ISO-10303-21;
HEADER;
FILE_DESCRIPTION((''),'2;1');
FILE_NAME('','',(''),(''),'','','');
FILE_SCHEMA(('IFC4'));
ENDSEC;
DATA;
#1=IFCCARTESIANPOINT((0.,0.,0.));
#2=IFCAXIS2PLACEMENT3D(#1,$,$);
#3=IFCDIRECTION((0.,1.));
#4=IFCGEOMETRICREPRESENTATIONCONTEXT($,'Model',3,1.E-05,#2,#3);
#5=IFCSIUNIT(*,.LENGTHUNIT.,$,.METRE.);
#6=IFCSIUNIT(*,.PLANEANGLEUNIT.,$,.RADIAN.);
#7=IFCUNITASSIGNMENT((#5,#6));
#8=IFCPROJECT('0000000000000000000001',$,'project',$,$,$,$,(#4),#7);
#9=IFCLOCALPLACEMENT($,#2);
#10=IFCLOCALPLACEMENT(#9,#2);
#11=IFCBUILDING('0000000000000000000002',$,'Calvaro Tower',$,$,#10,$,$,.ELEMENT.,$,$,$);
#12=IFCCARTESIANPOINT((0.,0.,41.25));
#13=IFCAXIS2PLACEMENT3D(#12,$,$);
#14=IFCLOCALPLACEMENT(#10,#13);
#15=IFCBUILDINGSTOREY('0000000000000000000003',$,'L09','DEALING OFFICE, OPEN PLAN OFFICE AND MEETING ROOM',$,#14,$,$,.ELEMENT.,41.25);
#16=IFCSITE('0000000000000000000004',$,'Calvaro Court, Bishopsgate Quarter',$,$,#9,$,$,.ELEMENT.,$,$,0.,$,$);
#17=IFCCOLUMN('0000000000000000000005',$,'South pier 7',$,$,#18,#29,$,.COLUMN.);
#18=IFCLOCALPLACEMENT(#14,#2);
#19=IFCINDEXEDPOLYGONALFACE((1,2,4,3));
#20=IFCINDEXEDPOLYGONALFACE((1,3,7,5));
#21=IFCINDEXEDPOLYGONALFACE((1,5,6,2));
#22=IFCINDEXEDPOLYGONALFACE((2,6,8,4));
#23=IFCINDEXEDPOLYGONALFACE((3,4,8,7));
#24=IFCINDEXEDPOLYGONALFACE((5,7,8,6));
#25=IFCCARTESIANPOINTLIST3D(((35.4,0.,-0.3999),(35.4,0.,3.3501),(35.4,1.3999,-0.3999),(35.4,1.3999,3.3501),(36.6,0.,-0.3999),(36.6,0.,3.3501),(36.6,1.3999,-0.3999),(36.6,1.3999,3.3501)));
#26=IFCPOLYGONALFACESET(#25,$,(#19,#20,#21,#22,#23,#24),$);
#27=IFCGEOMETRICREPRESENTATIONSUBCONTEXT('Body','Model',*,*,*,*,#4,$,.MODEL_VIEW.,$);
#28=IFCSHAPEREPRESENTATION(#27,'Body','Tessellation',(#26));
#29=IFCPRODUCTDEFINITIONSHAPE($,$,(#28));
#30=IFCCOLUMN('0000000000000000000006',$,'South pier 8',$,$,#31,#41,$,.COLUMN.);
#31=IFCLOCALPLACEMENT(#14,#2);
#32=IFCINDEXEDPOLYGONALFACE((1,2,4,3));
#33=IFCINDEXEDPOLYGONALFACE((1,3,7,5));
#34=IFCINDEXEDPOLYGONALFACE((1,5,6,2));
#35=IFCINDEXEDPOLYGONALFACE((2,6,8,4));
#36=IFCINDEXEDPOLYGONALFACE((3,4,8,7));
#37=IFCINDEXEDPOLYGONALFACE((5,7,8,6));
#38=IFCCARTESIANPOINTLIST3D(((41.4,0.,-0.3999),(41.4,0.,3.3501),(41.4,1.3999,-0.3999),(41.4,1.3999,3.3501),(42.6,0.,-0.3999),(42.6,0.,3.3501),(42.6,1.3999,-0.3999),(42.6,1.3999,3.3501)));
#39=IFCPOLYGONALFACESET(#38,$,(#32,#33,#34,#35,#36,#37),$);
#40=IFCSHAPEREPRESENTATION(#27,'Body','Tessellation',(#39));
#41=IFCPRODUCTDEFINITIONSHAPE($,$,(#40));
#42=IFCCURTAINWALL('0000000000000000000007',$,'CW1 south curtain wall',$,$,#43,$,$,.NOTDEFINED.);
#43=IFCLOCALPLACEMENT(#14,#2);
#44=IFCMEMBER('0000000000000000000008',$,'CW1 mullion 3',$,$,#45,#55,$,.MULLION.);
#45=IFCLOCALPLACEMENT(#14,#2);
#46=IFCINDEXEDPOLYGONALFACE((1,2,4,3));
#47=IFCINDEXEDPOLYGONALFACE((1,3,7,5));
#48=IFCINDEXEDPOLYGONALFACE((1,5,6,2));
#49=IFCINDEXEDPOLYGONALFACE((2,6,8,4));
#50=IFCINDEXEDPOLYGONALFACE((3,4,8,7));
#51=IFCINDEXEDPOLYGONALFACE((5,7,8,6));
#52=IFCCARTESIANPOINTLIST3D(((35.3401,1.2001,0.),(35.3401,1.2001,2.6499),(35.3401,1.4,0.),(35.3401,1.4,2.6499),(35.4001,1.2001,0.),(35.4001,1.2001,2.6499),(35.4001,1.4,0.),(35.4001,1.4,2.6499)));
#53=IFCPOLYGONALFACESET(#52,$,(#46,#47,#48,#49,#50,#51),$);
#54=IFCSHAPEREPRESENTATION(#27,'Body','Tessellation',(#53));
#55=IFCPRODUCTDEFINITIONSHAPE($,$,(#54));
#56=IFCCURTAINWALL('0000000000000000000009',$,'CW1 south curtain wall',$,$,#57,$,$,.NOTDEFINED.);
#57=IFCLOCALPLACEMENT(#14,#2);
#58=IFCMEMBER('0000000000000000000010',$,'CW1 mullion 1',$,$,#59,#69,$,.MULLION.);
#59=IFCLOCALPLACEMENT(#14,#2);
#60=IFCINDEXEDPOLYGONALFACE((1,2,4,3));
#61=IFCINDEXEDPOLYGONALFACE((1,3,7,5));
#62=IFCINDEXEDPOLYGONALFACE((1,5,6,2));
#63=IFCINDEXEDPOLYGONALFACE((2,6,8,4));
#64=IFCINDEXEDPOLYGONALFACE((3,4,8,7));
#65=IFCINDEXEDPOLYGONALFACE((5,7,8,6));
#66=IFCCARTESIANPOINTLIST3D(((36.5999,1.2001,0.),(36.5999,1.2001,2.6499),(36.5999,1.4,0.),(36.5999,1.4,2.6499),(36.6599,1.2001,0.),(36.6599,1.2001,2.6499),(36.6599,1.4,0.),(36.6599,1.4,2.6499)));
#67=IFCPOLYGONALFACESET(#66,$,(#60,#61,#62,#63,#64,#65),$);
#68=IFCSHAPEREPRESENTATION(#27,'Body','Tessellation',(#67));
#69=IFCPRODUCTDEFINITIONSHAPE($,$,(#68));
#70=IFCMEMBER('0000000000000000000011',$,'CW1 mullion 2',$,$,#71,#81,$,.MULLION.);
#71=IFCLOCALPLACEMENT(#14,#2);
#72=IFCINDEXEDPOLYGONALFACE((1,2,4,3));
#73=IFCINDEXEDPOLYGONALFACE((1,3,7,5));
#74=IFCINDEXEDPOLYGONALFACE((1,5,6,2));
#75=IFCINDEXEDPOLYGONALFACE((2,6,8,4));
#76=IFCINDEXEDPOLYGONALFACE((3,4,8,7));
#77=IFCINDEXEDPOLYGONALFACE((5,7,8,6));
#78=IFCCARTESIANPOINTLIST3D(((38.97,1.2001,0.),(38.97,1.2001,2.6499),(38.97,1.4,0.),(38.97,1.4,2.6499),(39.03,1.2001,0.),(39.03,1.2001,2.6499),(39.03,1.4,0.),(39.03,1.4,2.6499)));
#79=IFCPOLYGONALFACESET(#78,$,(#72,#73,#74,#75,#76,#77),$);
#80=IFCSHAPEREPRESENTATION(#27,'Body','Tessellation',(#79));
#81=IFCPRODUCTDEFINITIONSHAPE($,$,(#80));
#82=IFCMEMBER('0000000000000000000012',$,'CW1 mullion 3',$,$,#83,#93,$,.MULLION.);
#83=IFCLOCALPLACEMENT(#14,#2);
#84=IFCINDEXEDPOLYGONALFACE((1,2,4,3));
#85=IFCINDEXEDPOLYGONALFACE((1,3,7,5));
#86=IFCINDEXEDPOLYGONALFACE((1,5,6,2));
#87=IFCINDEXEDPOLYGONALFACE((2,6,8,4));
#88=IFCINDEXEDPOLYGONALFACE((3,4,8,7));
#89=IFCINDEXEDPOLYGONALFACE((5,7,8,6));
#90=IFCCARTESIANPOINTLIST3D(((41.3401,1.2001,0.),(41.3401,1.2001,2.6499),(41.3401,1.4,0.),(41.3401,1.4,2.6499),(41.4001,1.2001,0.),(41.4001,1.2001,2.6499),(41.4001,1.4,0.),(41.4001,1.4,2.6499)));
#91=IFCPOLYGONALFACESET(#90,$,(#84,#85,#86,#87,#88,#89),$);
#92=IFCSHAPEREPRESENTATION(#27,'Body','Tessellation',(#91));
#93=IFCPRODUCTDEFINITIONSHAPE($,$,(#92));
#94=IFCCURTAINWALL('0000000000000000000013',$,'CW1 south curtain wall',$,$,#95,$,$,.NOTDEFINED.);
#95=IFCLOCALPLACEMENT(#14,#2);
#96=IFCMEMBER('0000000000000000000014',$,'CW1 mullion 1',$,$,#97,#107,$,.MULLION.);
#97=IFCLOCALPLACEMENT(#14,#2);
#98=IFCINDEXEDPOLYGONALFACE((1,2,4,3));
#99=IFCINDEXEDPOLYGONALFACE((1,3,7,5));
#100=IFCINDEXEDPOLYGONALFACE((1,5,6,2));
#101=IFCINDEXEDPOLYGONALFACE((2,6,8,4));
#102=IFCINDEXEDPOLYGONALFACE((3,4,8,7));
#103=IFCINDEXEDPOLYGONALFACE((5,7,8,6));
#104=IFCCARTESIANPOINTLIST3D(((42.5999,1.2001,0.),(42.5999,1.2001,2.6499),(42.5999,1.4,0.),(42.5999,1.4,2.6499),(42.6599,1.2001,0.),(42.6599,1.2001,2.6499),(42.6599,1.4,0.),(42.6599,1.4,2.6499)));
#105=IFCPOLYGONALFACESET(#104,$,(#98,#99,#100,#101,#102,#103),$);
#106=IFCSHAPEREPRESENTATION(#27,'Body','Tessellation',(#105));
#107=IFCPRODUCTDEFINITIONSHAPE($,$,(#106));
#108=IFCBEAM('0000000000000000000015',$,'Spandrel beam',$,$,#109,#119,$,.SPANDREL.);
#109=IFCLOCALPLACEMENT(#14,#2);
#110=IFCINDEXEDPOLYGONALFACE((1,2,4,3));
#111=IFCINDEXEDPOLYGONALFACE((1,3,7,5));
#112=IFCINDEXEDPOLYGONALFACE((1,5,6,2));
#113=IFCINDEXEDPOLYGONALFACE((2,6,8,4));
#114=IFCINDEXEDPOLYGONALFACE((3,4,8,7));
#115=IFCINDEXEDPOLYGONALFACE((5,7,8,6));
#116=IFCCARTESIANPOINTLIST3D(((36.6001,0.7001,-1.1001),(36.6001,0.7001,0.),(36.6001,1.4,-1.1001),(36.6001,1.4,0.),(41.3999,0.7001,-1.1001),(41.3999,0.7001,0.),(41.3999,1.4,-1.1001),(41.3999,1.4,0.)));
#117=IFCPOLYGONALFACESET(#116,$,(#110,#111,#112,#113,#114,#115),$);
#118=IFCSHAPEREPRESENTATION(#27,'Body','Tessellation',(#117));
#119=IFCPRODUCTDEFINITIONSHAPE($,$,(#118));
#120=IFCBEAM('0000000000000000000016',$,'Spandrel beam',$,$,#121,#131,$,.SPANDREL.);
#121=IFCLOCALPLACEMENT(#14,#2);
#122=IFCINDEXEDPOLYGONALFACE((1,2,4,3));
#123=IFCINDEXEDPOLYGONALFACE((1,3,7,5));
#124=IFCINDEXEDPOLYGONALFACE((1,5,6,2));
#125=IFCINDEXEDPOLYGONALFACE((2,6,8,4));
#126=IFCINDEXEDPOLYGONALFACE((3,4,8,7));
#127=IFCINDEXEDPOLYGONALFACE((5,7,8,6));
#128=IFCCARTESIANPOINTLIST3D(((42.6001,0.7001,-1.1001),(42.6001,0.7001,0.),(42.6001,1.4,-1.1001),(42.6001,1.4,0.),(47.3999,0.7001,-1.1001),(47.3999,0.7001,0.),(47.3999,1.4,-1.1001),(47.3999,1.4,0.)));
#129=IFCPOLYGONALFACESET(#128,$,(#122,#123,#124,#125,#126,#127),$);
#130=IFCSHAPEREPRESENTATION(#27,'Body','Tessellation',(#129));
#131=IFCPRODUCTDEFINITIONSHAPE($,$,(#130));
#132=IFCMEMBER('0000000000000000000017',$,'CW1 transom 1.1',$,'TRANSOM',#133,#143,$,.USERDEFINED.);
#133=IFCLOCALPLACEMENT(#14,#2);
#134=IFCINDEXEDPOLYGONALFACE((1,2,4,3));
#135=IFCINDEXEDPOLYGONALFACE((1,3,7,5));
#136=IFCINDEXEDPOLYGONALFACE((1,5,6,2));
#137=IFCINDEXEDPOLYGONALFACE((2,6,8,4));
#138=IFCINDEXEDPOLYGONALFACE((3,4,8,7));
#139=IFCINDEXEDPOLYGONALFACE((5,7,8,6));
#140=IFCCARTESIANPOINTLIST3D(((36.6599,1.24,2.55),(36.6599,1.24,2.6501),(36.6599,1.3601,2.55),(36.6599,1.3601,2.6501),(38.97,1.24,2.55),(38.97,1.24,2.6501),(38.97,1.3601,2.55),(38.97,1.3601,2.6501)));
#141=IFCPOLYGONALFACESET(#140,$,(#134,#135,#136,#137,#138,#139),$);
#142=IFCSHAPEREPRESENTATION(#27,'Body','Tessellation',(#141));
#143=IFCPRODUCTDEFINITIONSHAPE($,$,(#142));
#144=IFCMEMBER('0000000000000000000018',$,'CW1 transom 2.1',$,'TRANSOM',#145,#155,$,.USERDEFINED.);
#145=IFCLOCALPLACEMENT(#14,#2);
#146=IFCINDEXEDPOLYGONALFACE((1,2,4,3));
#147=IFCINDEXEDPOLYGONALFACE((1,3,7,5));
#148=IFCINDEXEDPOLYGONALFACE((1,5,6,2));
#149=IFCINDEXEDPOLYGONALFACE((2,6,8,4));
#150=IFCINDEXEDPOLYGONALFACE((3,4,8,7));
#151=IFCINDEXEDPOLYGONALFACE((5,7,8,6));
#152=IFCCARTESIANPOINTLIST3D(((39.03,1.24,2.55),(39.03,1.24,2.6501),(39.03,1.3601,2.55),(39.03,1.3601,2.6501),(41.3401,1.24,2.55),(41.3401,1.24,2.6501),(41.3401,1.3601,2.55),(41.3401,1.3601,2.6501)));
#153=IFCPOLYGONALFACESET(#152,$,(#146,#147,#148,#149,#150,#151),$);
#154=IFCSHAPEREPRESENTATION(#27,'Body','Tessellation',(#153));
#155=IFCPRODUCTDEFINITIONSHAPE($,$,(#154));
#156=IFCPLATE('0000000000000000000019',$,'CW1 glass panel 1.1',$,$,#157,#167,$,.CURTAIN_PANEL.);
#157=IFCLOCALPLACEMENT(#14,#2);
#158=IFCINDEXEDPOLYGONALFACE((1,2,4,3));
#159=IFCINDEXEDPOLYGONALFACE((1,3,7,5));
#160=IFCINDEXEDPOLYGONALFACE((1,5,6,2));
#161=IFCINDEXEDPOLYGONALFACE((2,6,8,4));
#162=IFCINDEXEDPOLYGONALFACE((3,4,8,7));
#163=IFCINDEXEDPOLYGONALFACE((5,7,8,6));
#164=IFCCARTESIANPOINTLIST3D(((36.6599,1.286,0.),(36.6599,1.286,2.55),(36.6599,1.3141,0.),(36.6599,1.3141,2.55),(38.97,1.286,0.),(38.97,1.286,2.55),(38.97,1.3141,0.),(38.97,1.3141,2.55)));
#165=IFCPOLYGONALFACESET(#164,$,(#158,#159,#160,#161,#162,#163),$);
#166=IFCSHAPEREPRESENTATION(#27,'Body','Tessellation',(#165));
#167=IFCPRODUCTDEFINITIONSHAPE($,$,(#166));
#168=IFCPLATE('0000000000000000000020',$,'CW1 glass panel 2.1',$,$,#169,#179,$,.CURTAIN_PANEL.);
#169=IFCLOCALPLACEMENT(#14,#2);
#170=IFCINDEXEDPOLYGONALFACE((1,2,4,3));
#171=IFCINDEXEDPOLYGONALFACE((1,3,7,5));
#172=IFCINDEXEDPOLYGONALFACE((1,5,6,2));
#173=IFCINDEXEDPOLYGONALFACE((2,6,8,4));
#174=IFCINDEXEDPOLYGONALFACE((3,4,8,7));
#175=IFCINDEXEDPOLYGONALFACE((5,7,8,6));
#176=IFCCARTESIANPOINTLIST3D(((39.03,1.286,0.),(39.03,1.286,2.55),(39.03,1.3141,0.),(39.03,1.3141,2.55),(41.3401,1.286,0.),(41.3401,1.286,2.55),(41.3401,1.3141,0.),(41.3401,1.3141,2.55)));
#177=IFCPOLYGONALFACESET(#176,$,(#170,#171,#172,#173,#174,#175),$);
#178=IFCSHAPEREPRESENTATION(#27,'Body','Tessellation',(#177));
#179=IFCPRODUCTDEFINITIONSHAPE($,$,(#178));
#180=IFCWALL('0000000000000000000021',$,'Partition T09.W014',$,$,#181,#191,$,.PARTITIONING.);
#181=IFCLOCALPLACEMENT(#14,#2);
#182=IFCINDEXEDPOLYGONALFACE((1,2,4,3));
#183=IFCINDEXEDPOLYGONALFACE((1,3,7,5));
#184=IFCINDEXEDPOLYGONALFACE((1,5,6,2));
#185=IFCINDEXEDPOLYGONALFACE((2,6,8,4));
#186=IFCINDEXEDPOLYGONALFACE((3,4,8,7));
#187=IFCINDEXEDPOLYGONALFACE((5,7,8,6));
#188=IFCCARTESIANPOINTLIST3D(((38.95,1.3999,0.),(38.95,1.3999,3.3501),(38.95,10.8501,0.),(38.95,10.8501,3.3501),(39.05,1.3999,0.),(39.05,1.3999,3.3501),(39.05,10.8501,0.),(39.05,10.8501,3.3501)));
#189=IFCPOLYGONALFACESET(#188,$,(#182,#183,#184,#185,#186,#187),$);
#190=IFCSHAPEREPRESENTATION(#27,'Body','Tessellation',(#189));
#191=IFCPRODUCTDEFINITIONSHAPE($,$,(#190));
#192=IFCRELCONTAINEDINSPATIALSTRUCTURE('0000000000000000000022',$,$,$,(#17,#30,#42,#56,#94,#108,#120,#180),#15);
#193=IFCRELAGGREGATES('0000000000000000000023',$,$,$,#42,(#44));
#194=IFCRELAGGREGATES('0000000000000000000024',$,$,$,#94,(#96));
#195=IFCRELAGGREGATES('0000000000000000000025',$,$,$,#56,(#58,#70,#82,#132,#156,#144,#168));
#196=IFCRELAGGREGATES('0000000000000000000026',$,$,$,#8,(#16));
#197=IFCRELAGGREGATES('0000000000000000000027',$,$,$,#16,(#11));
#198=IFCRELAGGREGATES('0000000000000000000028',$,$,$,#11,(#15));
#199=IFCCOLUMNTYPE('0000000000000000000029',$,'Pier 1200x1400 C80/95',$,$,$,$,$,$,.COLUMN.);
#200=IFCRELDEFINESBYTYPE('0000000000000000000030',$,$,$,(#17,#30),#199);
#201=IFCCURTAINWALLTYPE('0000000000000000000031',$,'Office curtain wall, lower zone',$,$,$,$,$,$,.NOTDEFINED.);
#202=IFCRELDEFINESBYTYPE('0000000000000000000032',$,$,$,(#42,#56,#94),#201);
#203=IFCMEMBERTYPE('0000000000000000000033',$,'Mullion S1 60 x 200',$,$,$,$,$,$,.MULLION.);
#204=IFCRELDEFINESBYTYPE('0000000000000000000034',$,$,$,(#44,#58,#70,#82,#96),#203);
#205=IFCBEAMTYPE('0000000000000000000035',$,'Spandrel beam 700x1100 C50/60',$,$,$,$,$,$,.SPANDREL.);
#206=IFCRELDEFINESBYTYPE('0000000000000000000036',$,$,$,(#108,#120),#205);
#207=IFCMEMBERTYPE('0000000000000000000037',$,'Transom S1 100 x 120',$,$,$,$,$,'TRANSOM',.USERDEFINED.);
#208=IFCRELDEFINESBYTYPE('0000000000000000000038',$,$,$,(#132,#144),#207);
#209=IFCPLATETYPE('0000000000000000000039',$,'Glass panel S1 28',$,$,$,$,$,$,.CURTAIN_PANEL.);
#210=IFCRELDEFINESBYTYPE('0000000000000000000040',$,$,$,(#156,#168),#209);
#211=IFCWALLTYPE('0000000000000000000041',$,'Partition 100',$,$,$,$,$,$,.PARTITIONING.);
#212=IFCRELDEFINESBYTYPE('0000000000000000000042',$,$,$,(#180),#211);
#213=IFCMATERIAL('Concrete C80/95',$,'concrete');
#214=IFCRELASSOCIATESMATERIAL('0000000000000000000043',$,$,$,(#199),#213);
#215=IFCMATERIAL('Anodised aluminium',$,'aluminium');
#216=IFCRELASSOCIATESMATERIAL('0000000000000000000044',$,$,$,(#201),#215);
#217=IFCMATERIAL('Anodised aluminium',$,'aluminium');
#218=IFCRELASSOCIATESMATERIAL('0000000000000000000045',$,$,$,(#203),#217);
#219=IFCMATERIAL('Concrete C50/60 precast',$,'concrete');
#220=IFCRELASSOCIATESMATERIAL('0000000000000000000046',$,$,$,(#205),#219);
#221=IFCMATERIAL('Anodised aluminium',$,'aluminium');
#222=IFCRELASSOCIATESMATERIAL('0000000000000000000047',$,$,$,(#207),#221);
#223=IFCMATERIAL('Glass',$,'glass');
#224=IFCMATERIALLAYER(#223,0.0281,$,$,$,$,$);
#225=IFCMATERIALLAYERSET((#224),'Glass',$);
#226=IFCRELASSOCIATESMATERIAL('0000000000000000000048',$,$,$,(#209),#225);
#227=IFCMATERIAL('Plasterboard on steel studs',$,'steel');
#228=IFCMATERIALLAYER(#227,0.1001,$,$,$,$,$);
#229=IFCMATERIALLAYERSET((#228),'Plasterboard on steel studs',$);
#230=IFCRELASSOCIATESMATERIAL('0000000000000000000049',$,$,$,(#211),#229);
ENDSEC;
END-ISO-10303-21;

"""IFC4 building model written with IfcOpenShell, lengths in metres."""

from ifc_helpers import new_model, si_unit, direction, frame, frame_2d, origin, origin_2d, place, context, subcontext, project, spatial, rectangle, extrude, material, layer, layer_set, material_profile, profile_set, type_object, element, aggregate, save


model = new_model("IFC4")

# Units and contexts
model_context = context("Model", 3, precision=1e-05, world=origin(), true_north=direction((0.0, 1.0)))
body_context = subcontext(model_context, "Body", "Model", "MODEL_VIEW")
ifc_project = project(units=[si_unit("LENGTHUNIT", "METRE"), si_unit("PLANEANGLEUNIT", "RADIAN")], contexts=[model_context])

# Site, building, storey
site_placement = place(None, origin())
site = spatial("IfcSite", under=ifc_project, at=site_placement, Name="Calvaro Court, Bishopsgate Quarter", CompositionType="ELEMENT", RefElevation=0.0)
building_placement = place(site_placement, origin())
building = spatial("IfcBuilding", under=site, at=building_placement, Name="Calvaro Tower", CompositionType="ELEMENT")
storey_placement = place(building_placement, frame((0.0, 0.0, 41.25)))
storey = spatial("IfcBuildingStorey", under=building, at=storey_placement, Name="L09", Description="DEALING OFFICE, OPEN PLAN OFFICE AND MEETING ROOM", CompositionType="ELEMENT", Elevation=41.25)

# Columns
ifc_material_1 = material(Name="Concrete C80/95", Category="concrete")
ifc_material_profile_1 = material_profile(ifc_material_1, rectangle(XDim=1.2, YDim=1.3999, at=origin_2d()), Name="RC 1200x1400")
ifc_profile_set_1 = profile_set([ifc_material_profile_1], Name="Concrete C80/95")
column_type = type_object("IfcColumnType", Name="Pier 1200x1400 C80/95", PredefinedType="COLUMN", material=ifc_profile_set_1)
for number, where, z_axis, x_axis, name in (
    (1, (36.0, 0.7, -0.3999), (0.0, 0.0, 1.0), (1.0, 0.0, 0.0), "South pier 7"),
    (2, (42.0, 0.7, -0.3999), (0.0, 0.0, 1.0), (1.0, 0.0, 0.0), "South pier 8"),
):
    element("IfcColumn", number, at=place(storey_placement, frame(where, z_axis=z_axis, x_axis=x_axis)), inside=storey, type_object=column_type, Name=name, PredefinedType="COLUMN", context=body_context, shape_type="SweptSolid", body=[
        extrude(rectangle(XDim=1.2, YDim=1.3999, at=origin_2d()), origin(), (0.0, 0.0, 1.0), 3.75),
    ])

# Curtain wall, member
ifc_material_2 = material(Name="Anodised aluminium", Category="aluminium")
curtain_wall_type = type_object("IfcCurtainWallType", Name="Office curtain wall, lower zone", PredefinedType="NOTDEFINED", material=ifc_material_2)
curtain_wall_1_placement = place(storey_placement, origin())
curtain_wall_1 = element("IfcCurtainWall", 3, at=curtain_wall_1_placement, inside=storey, type_object=curtain_wall_type, Name="CW1 south curtain wall", PredefinedType="NOTDEFINED")
ifc_material_3 = material(Name="Anodised aluminium", Category="aluminium")
ifc_material_profile_2 = material_profile(ifc_material_3, rectangle(XDim=0.2, YDim=0.0601, at=origin_2d()), Name="Mullion S1 60 x 200")
ifc_profile_set_2 = profile_set([ifc_material_profile_2], Name="Anodised aluminium")
member_type_1 = type_object("IfcMemberType", Name="Mullion S1 60 x 200", PredefinedType="MULLION", material=ifc_profile_set_2)
member_1_placement = place(storey_placement, frame((35.3701, 1.3, 0.0), z_axis=(0.0, 0.0, 1.0), x_axis=(0.0, 1.0, 0.0)))
member_1 = element("IfcMember", 4, at=member_1_placement, type_object=member_type_1, Name="CW1 mullion 3", PredefinedType="MULLION", context=body_context, shape_type="SweptSolid", body=[
    extrude(rectangle(XDim=0.2, YDim=0.0601, at=origin_2d()), origin(), (0.0, 0.0, 1.0), 2.6499),
])
aggregate(curtain_wall_1, [member_1])

# Curtain wall, members
curtain_wall_2_placement = place(storey_placement, origin())
curtain_wall_2 = element("IfcCurtainWall", 5, at=curtain_wall_2_placement, inside=storey, type_object=curtain_wall_type, Name="CW1 south curtain wall", PredefinedType="NOTDEFINED")
member_2_placement = place(storey_placement, frame((36.6299, 1.3, 0.0), z_axis=(0.0, 0.0, 1.0), x_axis=(0.0, 1.0, 0.0)))
member_2 = element("IfcMember", 6, at=member_2_placement, type_object=member_type_1, Name="CW1 mullion 1", PredefinedType="MULLION", context=body_context, shape_type="SweptSolid", body=[
    extrude(rectangle(XDim=0.2, YDim=0.0601, at=origin_2d()), origin(), (0.0, 0.0, 1.0), 2.6499),
])
member_3_placement = place(storey_placement, frame((39.0, 1.3, 0.0), z_axis=(0.0, 0.0, 1.0), x_axis=(0.0, 1.0, 0.0)))
member_3 = element("IfcMember", 7, at=member_3_placement, type_object=member_type_1, Name="CW1 mullion 2", PredefinedType="MULLION", context=body_context, shape_type="SweptSolid", body=[
    extrude(rectangle(XDim=0.2, YDim=0.0601, at=origin_2d()), origin(), (0.0, 0.0, 1.0), 2.6499),
])
member_4_placement = place(storey_placement, frame((41.3701, 1.3, 0.0), z_axis=(0.0, 0.0, 1.0), x_axis=(0.0, 1.0, 0.0)))
member_4 = element("IfcMember", 8, at=member_4_placement, type_object=member_type_1, Name="CW1 mullion 3", PredefinedType="MULLION", context=body_context, shape_type="SweptSolid", body=[
    extrude(rectangle(XDim=0.2, YDim=0.0601, at=origin_2d()), origin(), (0.0, 0.0, 1.0), 2.6499),
])

# Curtain wall, member
curtain_wall_3_placement = place(storey_placement, origin())
curtain_wall_3 = element("IfcCurtainWall", 9, at=curtain_wall_3_placement, inside=storey, type_object=curtain_wall_type, Name="CW1 south curtain wall", PredefinedType="NOTDEFINED")
member_5_placement = place(storey_placement, frame((42.6299, 1.3, 0.0), z_axis=(0.0, 0.0, 1.0), x_axis=(0.0, 1.0, 0.0)))
member_5 = element("IfcMember", 10, at=member_5_placement, type_object=member_type_1, Name="CW1 mullion 1", PredefinedType="MULLION", context=body_context, shape_type="SweptSolid", body=[
    extrude(rectangle(XDim=0.2, YDim=0.0601, at=origin_2d()), origin(), (0.0, 0.0, 1.0), 2.6499),
])
aggregate(curtain_wall_3, [member_5])

# Beams
ifc_material_4 = material(Name="Concrete C50/60 precast", Category="concrete")
ifc_material_profile_3 = material_profile(ifc_material_4, rectangle(XDim=0.7, YDim=1.1001, at=origin_2d()), Name="RC 700x1100")
ifc_profile_set_3 = profile_set([ifc_material_profile_3], Name="Concrete C50/60 precast")
beam_type = type_object("IfcBeamType", Name="Spandrel beam 700x1100 C50/60", PredefinedType="SPANDREL", material=ifc_profile_set_3)
for number, where, z_axis, x_axis, name in (
    (11, (36.6001, 1.05, -0.55), (1.0, 0.0, 0.0), (0.0, 1.0, 0.0), "Spandrel beam"),
    (12, (42.6001, 1.05, -0.55), (1.0, 0.0, 0.0), (0.0, 1.0, 0.0), "Spandrel beam"),
):
    element("IfcBeam", number, at=place(storey_placement, frame(where, z_axis=z_axis, x_axis=x_axis)), inside=storey, type_object=beam_type, Name=name, PredefinedType="SPANDREL", context=body_context, shape_type="SweptSolid", body=[
        extrude(rectangle(XDim=0.7, YDim=1.1001, at=origin_2d()), origin(), (0.0, 0.0, 1.0), 4.7998),
    ])

# Members
ifc_material_5 = material(Name="Anodised aluminium", Category="aluminium")
ifc_material_profile_4 = material_profile(ifc_material_5, rectangle(XDim=0.1201, YDim=0.1001, at=origin_2d()), Name="Transom S1 100 x 120")
ifc_profile_set_4 = profile_set([ifc_material_profile_4], Name="Anodised aluminium")
member_type_2 = type_object("IfcMemberType", Name="Transom S1 100 x 120", ElementType="TRANSOM", PredefinedType="USERDEFINED", material=ifc_profile_set_4)
member_6_placement = place(storey_placement, frame((36.6599, 1.3, 2.6001), z_axis=(1.0, 0.0, 0.0), x_axis=(0.0, 1.0, 0.0)))
member_6 = element("IfcMember", 13, at=member_6_placement, type_object=member_type_2, Name="CW1 transom 1.1", ObjectType="TRANSOM", PredefinedType="USERDEFINED", context=body_context, shape_type="SweptSolid", body=[
    extrude(rectangle(XDim=0.1201, YDim=0.1001, at=origin_2d()), origin(), (0.0, 0.0, 1.0), 2.3101),
])
member_7_placement = place(storey_placement, frame((39.03, 1.3, 2.6001), z_axis=(1.0, 0.0, 0.0), x_axis=(0.0, 1.0, 0.0)))
member_7 = element("IfcMember", 14, at=member_7_placement, type_object=member_type_2, Name="CW1 transom 2.1", ObjectType="TRANSOM", PredefinedType="USERDEFINED", context=body_context, shape_type="SweptSolid", body=[
    extrude(rectangle(XDim=0.1201, YDim=0.1001, at=origin_2d()), origin(), (0.0, 0.0, 1.0), 2.3101),
])

# Plates
ifc_material_6 = material(Name="Glass", Category="glass")
ifc_layer_1 = layer(ifc_material_6, 0.0281)
ifc_layer_set_1 = layer_set([ifc_layer_1], Name="Glass")
plate_type = type_object("IfcPlateType", Name="Glass panel S1 28", PredefinedType="CURTAIN_PANEL", material=ifc_layer_set_1)
plate_1_placement = place(storey_placement, frame((37.8149, 1.3, 0.0), z_axis=(0.0, 0.0, 1.0), x_axis=(1.0, 0.0, 0.0)))
plate_1 = element("IfcPlate", 15, at=plate_1_placement, type_object=plate_type, Name="CW1 glass panel 1.1", PredefinedType="CURTAIN_PANEL", context=body_context, shape_type="SweptSolid", body=[
    extrude(rectangle(XDim=2.3101, YDim=0.0281, at=origin_2d()), origin(), (0.0, 0.0, 1.0), 2.55),
])
plate_2_placement = place(storey_placement, frame((40.1851, 1.3, 0.0), z_axis=(0.0, 0.0, 1.0), x_axis=(1.0, 0.0, 0.0)))
plate_2 = element("IfcPlate", 16, at=plate_2_placement, type_object=plate_type, Name="CW1 glass panel 2.1", PredefinedType="CURTAIN_PANEL", context=body_context, shape_type="SweptSolid", body=[
    extrude(rectangle(XDim=2.3101, YDim=0.0281, at=origin_2d()), origin(), (0.0, 0.0, 1.0), 2.55),
])
aggregate(curtain_wall_2, [member_2, member_3, member_4, member_6, plate_1, member_7, plate_2])

# Wall
ifc_material_7 = material(Name="Plasterboard on steel studs", Category="steel")
ifc_layer_2 = layer(ifc_material_7, 0.1001)
ifc_layer_set_2 = layer_set([ifc_layer_2], Name="Plasterboard on steel studs")
wall_type = type_object("IfcWallType", Name="Partition 100", PredefinedType="PARTITIONING", material=ifc_layer_set_2)
wall_placement = place(storey_placement, frame((39.0, 1.3999, 0.0), z_axis=(0.0, 0.0, 1.0), x_axis=(0.0, 1.0, 0.0)))
element("IfcWall", 17, at=wall_placement, inside=storey, type_object=wall_type, Name="Partition T09.W014", PredefinedType="PARTITIONING", context=body_context, shape_type="SweptSolid", body=[
    extrude(rectangle(XDim=9.4502, YDim=0.1001, at=frame_2d((4.7251, 0.0))), origin(), (0.0, 0.0, 1.0), 3.3501),
])

save(model, "model.ifc")
